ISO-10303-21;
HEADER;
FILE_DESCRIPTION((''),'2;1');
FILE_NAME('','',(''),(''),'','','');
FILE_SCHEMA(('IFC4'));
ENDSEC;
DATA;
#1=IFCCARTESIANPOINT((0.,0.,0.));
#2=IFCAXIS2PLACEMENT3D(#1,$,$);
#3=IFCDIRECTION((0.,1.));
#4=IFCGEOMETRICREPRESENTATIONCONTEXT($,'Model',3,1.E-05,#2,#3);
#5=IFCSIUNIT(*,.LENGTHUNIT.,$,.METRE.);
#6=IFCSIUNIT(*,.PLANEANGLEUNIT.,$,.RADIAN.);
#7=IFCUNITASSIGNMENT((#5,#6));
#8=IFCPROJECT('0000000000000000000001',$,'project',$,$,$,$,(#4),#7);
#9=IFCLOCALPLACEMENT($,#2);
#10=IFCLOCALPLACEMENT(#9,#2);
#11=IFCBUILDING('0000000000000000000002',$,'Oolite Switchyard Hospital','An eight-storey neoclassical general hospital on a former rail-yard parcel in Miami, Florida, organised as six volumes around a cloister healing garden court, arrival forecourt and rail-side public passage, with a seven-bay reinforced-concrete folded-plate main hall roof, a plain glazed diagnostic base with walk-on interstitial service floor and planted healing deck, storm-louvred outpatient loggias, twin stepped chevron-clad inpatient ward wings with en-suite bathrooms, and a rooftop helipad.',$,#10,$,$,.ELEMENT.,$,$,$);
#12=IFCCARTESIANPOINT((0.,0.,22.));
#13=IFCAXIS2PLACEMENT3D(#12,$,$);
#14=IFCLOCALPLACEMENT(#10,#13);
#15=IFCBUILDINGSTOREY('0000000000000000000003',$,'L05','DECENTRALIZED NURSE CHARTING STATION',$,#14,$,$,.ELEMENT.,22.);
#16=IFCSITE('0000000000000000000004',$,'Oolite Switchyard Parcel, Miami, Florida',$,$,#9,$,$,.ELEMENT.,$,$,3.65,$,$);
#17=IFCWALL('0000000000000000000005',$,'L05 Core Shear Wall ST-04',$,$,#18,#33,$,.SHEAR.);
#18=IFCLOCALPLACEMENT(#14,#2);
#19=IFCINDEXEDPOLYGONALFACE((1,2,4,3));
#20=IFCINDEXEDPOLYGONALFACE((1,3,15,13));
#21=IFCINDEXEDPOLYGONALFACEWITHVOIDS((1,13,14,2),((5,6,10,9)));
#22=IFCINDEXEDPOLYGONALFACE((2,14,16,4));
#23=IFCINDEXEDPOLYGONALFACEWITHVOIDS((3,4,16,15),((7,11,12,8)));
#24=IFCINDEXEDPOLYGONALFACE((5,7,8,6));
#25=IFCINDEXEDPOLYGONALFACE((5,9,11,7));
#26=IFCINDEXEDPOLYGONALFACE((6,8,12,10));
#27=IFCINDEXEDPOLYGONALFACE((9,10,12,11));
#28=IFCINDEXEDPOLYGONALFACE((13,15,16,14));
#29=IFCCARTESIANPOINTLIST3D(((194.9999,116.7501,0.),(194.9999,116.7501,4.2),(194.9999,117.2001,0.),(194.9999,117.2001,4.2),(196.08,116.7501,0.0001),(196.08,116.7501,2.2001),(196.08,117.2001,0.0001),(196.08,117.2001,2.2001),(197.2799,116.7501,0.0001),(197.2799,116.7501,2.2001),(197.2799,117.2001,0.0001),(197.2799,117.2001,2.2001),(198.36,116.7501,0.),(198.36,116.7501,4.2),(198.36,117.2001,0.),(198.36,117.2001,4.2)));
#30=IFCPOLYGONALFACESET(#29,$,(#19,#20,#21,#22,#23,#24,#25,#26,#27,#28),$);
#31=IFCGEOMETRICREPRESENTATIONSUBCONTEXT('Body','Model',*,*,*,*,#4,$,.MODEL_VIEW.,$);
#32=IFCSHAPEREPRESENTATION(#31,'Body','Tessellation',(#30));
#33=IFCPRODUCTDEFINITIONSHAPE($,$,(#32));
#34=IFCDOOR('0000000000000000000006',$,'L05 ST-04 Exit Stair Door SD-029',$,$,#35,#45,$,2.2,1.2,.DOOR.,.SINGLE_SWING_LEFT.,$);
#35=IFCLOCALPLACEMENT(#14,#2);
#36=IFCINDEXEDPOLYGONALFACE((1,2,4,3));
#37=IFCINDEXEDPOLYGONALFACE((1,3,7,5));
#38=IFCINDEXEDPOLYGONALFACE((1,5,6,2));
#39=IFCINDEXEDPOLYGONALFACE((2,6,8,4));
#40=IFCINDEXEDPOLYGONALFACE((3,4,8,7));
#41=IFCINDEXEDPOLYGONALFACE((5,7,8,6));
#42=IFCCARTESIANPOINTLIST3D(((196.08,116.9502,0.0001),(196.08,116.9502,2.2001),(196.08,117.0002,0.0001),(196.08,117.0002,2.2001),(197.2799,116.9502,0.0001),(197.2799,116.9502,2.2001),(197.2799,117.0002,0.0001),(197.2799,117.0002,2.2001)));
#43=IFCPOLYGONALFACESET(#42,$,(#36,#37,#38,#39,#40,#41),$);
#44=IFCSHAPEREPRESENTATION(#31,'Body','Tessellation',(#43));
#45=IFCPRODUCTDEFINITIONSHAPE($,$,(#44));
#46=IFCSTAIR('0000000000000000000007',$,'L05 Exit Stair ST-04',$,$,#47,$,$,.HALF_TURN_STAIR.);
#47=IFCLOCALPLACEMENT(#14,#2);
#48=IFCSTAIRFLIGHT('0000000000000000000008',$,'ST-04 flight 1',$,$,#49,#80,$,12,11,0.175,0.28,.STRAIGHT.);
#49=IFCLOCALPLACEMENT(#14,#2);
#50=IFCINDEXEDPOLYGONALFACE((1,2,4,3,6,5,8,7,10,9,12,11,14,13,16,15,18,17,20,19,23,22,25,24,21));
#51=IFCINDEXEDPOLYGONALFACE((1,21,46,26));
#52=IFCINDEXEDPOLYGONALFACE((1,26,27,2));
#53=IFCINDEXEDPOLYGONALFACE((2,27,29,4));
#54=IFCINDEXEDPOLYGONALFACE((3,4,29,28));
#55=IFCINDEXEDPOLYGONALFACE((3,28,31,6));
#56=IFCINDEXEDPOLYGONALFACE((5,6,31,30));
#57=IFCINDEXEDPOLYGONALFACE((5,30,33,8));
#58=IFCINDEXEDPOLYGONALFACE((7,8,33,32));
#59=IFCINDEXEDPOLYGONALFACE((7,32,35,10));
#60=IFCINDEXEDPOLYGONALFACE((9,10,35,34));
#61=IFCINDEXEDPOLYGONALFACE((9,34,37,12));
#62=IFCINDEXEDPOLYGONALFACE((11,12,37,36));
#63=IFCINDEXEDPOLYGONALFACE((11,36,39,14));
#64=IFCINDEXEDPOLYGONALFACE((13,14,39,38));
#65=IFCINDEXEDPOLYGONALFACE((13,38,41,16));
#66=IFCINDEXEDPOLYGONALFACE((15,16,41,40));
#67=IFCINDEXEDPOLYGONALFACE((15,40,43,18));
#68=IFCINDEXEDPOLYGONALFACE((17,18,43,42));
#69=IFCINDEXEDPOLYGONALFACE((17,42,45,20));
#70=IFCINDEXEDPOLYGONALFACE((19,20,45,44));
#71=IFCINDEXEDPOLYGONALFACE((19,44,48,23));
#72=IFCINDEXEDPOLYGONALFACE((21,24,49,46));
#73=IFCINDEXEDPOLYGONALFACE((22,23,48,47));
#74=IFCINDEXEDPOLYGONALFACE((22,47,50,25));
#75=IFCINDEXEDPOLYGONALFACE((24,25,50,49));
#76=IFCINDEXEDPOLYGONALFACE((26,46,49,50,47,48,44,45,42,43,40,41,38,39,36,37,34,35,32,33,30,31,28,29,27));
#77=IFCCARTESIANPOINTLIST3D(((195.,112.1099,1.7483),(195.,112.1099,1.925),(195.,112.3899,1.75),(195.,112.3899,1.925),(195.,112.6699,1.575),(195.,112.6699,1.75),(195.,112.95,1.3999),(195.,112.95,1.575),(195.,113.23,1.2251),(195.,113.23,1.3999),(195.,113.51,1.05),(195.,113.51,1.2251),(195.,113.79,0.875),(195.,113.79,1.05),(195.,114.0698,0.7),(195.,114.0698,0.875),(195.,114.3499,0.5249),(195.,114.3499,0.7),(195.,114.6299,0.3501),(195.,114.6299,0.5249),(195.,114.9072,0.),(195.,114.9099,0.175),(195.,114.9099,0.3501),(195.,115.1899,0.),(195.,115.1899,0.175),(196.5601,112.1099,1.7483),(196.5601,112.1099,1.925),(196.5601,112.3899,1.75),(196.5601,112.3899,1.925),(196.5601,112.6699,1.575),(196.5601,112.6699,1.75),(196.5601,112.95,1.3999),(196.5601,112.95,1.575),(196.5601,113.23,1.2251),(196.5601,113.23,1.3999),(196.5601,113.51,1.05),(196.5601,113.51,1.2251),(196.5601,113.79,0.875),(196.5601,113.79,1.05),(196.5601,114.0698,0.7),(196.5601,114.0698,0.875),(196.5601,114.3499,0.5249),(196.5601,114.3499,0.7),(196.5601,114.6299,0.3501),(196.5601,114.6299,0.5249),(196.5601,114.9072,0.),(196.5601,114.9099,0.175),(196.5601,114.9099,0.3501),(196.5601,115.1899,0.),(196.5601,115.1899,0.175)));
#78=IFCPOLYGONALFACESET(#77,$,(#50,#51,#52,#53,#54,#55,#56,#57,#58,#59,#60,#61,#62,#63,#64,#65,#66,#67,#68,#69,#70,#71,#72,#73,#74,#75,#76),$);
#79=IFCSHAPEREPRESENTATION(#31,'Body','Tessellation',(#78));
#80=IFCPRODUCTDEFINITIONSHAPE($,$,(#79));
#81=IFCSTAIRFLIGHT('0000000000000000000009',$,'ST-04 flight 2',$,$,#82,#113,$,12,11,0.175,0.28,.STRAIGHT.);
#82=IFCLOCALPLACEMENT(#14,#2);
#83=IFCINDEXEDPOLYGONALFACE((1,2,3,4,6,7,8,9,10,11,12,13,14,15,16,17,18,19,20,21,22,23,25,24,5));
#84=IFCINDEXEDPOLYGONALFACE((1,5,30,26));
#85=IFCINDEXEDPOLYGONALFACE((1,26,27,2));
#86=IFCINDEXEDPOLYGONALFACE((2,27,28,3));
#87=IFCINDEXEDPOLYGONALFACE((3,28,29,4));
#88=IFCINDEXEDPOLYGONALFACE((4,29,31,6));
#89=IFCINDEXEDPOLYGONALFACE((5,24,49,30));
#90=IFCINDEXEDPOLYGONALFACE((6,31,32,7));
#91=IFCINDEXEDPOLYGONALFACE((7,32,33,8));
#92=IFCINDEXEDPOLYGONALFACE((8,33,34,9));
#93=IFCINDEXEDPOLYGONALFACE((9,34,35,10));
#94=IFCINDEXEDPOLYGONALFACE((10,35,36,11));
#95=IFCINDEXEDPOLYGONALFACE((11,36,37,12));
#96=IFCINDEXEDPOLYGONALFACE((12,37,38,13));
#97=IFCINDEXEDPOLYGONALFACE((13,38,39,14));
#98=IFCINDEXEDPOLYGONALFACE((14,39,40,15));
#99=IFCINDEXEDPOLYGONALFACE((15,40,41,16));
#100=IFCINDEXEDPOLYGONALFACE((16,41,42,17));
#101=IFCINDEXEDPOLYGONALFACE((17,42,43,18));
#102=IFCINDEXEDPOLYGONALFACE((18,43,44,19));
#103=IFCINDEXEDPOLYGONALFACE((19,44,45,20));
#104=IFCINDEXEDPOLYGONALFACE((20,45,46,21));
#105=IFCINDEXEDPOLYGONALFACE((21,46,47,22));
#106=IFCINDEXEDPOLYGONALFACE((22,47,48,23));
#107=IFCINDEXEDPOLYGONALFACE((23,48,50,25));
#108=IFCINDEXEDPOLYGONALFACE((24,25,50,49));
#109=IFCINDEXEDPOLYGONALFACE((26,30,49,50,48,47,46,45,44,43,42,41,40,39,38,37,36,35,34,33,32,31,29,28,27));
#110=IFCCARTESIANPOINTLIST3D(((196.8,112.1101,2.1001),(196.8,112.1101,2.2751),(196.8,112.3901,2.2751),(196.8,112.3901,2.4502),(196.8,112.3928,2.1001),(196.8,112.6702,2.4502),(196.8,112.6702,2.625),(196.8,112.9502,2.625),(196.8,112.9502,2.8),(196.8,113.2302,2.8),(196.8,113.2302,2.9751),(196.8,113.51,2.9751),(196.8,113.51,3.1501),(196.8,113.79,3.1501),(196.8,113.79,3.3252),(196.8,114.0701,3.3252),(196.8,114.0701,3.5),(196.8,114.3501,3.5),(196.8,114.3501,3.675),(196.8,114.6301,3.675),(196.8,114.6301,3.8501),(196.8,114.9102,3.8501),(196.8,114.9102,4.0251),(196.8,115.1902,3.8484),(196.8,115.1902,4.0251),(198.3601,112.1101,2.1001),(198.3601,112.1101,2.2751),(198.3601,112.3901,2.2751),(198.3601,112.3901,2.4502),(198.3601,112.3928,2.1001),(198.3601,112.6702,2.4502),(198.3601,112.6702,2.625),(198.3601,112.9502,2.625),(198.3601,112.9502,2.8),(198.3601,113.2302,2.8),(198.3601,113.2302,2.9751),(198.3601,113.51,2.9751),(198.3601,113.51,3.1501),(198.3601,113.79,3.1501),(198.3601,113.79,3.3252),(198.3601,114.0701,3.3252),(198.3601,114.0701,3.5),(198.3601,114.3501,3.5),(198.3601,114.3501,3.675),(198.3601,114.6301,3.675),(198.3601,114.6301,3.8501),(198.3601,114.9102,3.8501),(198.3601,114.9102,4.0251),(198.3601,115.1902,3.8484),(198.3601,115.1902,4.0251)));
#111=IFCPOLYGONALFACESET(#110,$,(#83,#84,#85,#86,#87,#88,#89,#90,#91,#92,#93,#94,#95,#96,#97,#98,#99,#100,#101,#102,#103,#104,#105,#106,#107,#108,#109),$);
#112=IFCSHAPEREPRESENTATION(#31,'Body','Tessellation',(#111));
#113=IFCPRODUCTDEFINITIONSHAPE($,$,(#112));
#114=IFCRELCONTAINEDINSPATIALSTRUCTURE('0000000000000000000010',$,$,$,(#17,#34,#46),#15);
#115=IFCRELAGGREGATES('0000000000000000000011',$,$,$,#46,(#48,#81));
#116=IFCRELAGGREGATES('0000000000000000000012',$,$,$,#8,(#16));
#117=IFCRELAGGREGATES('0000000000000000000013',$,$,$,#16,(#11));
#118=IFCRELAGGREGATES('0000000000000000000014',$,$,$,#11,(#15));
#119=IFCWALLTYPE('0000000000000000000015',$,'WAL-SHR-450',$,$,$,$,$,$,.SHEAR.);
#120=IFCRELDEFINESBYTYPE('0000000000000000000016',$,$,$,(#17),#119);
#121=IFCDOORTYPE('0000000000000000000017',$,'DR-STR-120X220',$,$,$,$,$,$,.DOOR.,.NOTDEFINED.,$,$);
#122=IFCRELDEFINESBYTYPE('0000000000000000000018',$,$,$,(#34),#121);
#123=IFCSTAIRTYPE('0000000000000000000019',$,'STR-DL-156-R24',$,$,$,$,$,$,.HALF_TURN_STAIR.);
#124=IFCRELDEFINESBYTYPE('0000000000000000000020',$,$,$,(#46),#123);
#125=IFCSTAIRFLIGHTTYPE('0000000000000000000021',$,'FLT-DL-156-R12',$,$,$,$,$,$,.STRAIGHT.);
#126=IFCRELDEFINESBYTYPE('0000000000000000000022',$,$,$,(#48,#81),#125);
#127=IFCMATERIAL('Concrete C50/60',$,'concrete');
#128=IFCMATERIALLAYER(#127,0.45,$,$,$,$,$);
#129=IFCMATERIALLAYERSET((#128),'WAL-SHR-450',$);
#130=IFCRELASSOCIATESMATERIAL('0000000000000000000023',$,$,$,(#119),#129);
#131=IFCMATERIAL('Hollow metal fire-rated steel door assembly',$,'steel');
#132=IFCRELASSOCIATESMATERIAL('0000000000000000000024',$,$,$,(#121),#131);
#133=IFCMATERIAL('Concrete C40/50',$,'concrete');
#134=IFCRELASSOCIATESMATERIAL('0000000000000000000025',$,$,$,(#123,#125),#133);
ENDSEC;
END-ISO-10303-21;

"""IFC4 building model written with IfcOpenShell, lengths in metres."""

from ifc_helpers import new_model, si_unit, direction, frame, frame_2d, origin, place, context, subcontext, project, spatial, polyline, rectangle, outline, extrude, material, layer, layer_set, type_object, element, fill, aggregate, save


model = new_model("IFC4")

# Units and contexts
model_context = context("Model", 3, precision=1e-05, world=origin(), true_north=direction((0.0, 1.0)))
body_context = subcontext(model_context, "Body", "Model", "MODEL_VIEW")
ifc_project = project(units=[si_unit("LENGTHUNIT", "METRE"), si_unit("PLANEANGLEUNIT", "RADIAN")], contexts=[model_context])

# Site, building, storey
site_placement = place(None, origin())
site = spatial("IfcSite", under=ifc_project, at=site_placement, Name="Oolite Switchyard Parcel, Miami, Florida", CompositionType="ELEMENT", RefElevation=3.65)
building_placement = place(site_placement, origin())
building = spatial("IfcBuilding", under=site, at=building_placement, Name="Oolite Switchyard Hospital", Description="An eight-storey neoclassical general hospital on a former rail-yard parcel in Miami, Florida, organised as six volumes around a cloister healing garden court, arrival forecourt and rail-side public passage, with a seven-bay reinforced-concrete folded-plate main hall roof, a plain glazed diagnostic base with walk-on interstitial service floor and planted healing deck, storm-louvred outpatient loggias, twin stepped chevron-clad inpatient ward wings with en-suite bathrooms, and a rooftop helipad.", CompositionType="ELEMENT")
storey_placement = place(building_placement, frame((0.0, 0.0, 22.0)))
storey = spatial("IfcBuildingStorey", under=building, at=storey_placement, Name="L05", Description="DECENTRALIZED NURSE CHARTING STATION", CompositionType="ELEMENT", Elevation=22.0)

# Shared definitions
ifc_material_1 = material(Name="Concrete C50/60", Category="concrete")

# Shared definitions
ifc_material_2 = material(Name="Concrete C40/50", Category="concrete")

# Shared definitions
ifc_layer_1 = layer(ifc_material_1, 0.45)
ifc_layer_set_1 = layer_set([ifc_layer_1], Name="WAL-SHR-450")
wall_type_1 = type_object("IfcWallType", Name="WAL-SHR-450", PredefinedType="SHEAR", material=ifc_layer_set_1)

# Wall, opening, door
wall_1_placement = place(storey_placement, frame((198.3601, 116.9751, 0.0), z_axis=(0.0, 0.0, 1.0), x_axis=(-1.0, 0.0, 0.0)))
wall_1 = element("IfcWall", 1, at=wall_1_placement, inside=storey, type_object=wall_type_1, Name="L05 Core Shear Wall ST-04", PredefinedType="SHEAR", context=body_context, shape_type="SweptSolid", body=[
    extrude(rectangle(XDim=3.3601, YDim=0.45, at=frame_2d((1.6802, 0.0))), origin(), (0.0, 0.0, 1.0), 4.2),
])
opening_1_placement = place(wall_1_placement, frame((1.0801, 0.0, 0.0)))
opening_1 = element("IfcOpeningElement", 2, at=opening_1_placement, cuts=wall_1, PredefinedType="OPENING", context=body_context, shape_type="SweptSolid", body=[
    extrude(rectangle(XDim=1.2, YDim=2.2, at=frame_2d((0.6001, 1.1001))), frame((0.0, 0.2349, 0.0), z_axis=(0.0, -1.0, 0.0), x_axis=(1.0, 0.0, 0.0)), (0.0, 0.0, 1.0), 0.47),
])
ifc_material_3 = material(Name="Hollow metal fire-rated steel door assembly", Category="steel")
door_type_1 = type_object("IfcDoorType", Name="DR-STR-120X220", OperationType="NOTDEFINED", PredefinedType="DOOR", material=ifc_material_3)
door_1_placement = place(opening_1_placement, origin())
door_1 = element("IfcDoor", 3, at=door_1_placement, inside=storey, type_object=door_type_1, Name="L05 ST-04 Exit Stair Door SD-029", OperationType="SINGLE_SWING_LEFT", OverallHeight=2.2, OverallWidth=1.2, PredefinedType="DOOR", context=body_context, shape_type="SweptSolid", body=[
    extrude(rectangle(XDim=1.2, YDim=2.2, at=frame_2d((0.6001, 1.1001))), frame((0.0, 0.0249, 0.0), z_axis=(0.0, -1.0, 0.0), x_axis=(1.0, 0.0, 0.0)), (0.0, 0.0, 1.0), 0.05),
])
fill(opening_1, door_1)

# Stair, stair flights
stair_type = type_object("IfcStairType", Name="STR-DL-156-R24", PredefinedType="HALF_TURN_STAIR", material=ifc_material_2)
stair_placement = place(storey_placement, origin())
stair = element("IfcStair", 4, at=stair_placement, inside=storey, type_object=stair_type, Name="L05 Exit Stair ST-04", PredefinedType="HALF_TURN_STAIR")
stair_flight_type = type_object("IfcStairFlightType", Name="FLT-DL-156-R12", PredefinedType="STRAIGHT", material=ifc_material_2)
stair_flight_1_placement = place(storey_placement, frame((195.78, 115.1899, 0.0), z_axis=(0.0, 0.0, 1.0), x_axis=(0.0, -1.0, 0.0)))
stair_flight_1 = element("IfcStairFlight", 5, at=stair_flight_1_placement, type_object=stair_flight_type, Name="ST-04 flight 1", NumberOfRisers=12, NumberOfTreads=11, PredefinedType="STRAIGHT", RiserHeight=0.175, TreadLength=0.28, context=body_context, shape_type="SweptSolid", body=[
    extrude(outline(polyline([(0.0, 0.0), (0.0, 0.175), (0.28, 0.175), (0.28, 0.3501), (0.5601, 0.3501), (0.5601, 0.5249), (0.8401, 0.5249), (0.8401, 0.7), (1.1201, 0.7), (1.1201, 0.875), (1.3999, 0.875), (1.3999, 1.05), (1.6799, 1.05), (1.6799, 1.2251), (1.96, 1.2251), (1.96, 1.3999), (2.24, 1.3999), (2.24, 1.575), (2.52, 1.575), (2.52, 1.75), (2.8, 1.75), (2.8, 1.925), (3.0801, 1.925), (3.0801, 2.1001), (3.0801, 1.7483), (0.2827, 0.0), (0.0, 0.0)])), frame((0.0, 0.78, 0.0), z_axis=(0.0, -1.0, 0.0), x_axis=(1.0, 0.0, 0.0)), (0.0, 0.0, 1.0), 1.5601),
])
stair_flight_2_placement = place(storey_placement, frame((197.5801, 112.1101, 2.1001), z_axis=(0.0, 0.0, 1.0), x_axis=(0.0, 1.0, 0.0)))
stair_flight_2 = element("IfcStairFlight", 6, at=stair_flight_2_placement, type_object=stair_flight_type, Name="ST-04 flight 2", NumberOfRisers=12, NumberOfTreads=11, PredefinedType="STRAIGHT", RiserHeight=0.175, TreadLength=0.28, context=body_context, shape_type="SweptSolid", body=[
    extrude(outline(polyline([(0.0, 0.0), (0.0, 0.175), (0.28, 0.175), (0.28, 0.3501), (0.5601, 0.3501), (0.5601, 0.5249), (0.8401, 0.5249), (0.8401, 0.7), (1.1201, 0.7), (1.1201, 0.875), (1.3999, 0.875), (1.3999, 1.05), (1.6799, 1.05), (1.6799, 1.2251), (1.96, 1.2251), (1.96, 1.3999), (2.24, 1.3999), (2.24, 1.575), (2.52, 1.575), (2.52, 1.75), (2.8, 1.75), (2.8, 1.925), (3.0801, 1.925), (3.0801, 2.1001), (3.0801, 1.7483), (0.2827, 0.0), (0.0, 0.0)])), frame((0.0, 0.78, 0.0), z_axis=(0.0, -1.0, 0.0), x_axis=(1.0, 0.0, 0.0)), (0.0, 0.0, 1.0), 1.5601),
])
aggregate(stair, [stair_flight_1, stair_flight_2])

save(model, "model.ifc")
